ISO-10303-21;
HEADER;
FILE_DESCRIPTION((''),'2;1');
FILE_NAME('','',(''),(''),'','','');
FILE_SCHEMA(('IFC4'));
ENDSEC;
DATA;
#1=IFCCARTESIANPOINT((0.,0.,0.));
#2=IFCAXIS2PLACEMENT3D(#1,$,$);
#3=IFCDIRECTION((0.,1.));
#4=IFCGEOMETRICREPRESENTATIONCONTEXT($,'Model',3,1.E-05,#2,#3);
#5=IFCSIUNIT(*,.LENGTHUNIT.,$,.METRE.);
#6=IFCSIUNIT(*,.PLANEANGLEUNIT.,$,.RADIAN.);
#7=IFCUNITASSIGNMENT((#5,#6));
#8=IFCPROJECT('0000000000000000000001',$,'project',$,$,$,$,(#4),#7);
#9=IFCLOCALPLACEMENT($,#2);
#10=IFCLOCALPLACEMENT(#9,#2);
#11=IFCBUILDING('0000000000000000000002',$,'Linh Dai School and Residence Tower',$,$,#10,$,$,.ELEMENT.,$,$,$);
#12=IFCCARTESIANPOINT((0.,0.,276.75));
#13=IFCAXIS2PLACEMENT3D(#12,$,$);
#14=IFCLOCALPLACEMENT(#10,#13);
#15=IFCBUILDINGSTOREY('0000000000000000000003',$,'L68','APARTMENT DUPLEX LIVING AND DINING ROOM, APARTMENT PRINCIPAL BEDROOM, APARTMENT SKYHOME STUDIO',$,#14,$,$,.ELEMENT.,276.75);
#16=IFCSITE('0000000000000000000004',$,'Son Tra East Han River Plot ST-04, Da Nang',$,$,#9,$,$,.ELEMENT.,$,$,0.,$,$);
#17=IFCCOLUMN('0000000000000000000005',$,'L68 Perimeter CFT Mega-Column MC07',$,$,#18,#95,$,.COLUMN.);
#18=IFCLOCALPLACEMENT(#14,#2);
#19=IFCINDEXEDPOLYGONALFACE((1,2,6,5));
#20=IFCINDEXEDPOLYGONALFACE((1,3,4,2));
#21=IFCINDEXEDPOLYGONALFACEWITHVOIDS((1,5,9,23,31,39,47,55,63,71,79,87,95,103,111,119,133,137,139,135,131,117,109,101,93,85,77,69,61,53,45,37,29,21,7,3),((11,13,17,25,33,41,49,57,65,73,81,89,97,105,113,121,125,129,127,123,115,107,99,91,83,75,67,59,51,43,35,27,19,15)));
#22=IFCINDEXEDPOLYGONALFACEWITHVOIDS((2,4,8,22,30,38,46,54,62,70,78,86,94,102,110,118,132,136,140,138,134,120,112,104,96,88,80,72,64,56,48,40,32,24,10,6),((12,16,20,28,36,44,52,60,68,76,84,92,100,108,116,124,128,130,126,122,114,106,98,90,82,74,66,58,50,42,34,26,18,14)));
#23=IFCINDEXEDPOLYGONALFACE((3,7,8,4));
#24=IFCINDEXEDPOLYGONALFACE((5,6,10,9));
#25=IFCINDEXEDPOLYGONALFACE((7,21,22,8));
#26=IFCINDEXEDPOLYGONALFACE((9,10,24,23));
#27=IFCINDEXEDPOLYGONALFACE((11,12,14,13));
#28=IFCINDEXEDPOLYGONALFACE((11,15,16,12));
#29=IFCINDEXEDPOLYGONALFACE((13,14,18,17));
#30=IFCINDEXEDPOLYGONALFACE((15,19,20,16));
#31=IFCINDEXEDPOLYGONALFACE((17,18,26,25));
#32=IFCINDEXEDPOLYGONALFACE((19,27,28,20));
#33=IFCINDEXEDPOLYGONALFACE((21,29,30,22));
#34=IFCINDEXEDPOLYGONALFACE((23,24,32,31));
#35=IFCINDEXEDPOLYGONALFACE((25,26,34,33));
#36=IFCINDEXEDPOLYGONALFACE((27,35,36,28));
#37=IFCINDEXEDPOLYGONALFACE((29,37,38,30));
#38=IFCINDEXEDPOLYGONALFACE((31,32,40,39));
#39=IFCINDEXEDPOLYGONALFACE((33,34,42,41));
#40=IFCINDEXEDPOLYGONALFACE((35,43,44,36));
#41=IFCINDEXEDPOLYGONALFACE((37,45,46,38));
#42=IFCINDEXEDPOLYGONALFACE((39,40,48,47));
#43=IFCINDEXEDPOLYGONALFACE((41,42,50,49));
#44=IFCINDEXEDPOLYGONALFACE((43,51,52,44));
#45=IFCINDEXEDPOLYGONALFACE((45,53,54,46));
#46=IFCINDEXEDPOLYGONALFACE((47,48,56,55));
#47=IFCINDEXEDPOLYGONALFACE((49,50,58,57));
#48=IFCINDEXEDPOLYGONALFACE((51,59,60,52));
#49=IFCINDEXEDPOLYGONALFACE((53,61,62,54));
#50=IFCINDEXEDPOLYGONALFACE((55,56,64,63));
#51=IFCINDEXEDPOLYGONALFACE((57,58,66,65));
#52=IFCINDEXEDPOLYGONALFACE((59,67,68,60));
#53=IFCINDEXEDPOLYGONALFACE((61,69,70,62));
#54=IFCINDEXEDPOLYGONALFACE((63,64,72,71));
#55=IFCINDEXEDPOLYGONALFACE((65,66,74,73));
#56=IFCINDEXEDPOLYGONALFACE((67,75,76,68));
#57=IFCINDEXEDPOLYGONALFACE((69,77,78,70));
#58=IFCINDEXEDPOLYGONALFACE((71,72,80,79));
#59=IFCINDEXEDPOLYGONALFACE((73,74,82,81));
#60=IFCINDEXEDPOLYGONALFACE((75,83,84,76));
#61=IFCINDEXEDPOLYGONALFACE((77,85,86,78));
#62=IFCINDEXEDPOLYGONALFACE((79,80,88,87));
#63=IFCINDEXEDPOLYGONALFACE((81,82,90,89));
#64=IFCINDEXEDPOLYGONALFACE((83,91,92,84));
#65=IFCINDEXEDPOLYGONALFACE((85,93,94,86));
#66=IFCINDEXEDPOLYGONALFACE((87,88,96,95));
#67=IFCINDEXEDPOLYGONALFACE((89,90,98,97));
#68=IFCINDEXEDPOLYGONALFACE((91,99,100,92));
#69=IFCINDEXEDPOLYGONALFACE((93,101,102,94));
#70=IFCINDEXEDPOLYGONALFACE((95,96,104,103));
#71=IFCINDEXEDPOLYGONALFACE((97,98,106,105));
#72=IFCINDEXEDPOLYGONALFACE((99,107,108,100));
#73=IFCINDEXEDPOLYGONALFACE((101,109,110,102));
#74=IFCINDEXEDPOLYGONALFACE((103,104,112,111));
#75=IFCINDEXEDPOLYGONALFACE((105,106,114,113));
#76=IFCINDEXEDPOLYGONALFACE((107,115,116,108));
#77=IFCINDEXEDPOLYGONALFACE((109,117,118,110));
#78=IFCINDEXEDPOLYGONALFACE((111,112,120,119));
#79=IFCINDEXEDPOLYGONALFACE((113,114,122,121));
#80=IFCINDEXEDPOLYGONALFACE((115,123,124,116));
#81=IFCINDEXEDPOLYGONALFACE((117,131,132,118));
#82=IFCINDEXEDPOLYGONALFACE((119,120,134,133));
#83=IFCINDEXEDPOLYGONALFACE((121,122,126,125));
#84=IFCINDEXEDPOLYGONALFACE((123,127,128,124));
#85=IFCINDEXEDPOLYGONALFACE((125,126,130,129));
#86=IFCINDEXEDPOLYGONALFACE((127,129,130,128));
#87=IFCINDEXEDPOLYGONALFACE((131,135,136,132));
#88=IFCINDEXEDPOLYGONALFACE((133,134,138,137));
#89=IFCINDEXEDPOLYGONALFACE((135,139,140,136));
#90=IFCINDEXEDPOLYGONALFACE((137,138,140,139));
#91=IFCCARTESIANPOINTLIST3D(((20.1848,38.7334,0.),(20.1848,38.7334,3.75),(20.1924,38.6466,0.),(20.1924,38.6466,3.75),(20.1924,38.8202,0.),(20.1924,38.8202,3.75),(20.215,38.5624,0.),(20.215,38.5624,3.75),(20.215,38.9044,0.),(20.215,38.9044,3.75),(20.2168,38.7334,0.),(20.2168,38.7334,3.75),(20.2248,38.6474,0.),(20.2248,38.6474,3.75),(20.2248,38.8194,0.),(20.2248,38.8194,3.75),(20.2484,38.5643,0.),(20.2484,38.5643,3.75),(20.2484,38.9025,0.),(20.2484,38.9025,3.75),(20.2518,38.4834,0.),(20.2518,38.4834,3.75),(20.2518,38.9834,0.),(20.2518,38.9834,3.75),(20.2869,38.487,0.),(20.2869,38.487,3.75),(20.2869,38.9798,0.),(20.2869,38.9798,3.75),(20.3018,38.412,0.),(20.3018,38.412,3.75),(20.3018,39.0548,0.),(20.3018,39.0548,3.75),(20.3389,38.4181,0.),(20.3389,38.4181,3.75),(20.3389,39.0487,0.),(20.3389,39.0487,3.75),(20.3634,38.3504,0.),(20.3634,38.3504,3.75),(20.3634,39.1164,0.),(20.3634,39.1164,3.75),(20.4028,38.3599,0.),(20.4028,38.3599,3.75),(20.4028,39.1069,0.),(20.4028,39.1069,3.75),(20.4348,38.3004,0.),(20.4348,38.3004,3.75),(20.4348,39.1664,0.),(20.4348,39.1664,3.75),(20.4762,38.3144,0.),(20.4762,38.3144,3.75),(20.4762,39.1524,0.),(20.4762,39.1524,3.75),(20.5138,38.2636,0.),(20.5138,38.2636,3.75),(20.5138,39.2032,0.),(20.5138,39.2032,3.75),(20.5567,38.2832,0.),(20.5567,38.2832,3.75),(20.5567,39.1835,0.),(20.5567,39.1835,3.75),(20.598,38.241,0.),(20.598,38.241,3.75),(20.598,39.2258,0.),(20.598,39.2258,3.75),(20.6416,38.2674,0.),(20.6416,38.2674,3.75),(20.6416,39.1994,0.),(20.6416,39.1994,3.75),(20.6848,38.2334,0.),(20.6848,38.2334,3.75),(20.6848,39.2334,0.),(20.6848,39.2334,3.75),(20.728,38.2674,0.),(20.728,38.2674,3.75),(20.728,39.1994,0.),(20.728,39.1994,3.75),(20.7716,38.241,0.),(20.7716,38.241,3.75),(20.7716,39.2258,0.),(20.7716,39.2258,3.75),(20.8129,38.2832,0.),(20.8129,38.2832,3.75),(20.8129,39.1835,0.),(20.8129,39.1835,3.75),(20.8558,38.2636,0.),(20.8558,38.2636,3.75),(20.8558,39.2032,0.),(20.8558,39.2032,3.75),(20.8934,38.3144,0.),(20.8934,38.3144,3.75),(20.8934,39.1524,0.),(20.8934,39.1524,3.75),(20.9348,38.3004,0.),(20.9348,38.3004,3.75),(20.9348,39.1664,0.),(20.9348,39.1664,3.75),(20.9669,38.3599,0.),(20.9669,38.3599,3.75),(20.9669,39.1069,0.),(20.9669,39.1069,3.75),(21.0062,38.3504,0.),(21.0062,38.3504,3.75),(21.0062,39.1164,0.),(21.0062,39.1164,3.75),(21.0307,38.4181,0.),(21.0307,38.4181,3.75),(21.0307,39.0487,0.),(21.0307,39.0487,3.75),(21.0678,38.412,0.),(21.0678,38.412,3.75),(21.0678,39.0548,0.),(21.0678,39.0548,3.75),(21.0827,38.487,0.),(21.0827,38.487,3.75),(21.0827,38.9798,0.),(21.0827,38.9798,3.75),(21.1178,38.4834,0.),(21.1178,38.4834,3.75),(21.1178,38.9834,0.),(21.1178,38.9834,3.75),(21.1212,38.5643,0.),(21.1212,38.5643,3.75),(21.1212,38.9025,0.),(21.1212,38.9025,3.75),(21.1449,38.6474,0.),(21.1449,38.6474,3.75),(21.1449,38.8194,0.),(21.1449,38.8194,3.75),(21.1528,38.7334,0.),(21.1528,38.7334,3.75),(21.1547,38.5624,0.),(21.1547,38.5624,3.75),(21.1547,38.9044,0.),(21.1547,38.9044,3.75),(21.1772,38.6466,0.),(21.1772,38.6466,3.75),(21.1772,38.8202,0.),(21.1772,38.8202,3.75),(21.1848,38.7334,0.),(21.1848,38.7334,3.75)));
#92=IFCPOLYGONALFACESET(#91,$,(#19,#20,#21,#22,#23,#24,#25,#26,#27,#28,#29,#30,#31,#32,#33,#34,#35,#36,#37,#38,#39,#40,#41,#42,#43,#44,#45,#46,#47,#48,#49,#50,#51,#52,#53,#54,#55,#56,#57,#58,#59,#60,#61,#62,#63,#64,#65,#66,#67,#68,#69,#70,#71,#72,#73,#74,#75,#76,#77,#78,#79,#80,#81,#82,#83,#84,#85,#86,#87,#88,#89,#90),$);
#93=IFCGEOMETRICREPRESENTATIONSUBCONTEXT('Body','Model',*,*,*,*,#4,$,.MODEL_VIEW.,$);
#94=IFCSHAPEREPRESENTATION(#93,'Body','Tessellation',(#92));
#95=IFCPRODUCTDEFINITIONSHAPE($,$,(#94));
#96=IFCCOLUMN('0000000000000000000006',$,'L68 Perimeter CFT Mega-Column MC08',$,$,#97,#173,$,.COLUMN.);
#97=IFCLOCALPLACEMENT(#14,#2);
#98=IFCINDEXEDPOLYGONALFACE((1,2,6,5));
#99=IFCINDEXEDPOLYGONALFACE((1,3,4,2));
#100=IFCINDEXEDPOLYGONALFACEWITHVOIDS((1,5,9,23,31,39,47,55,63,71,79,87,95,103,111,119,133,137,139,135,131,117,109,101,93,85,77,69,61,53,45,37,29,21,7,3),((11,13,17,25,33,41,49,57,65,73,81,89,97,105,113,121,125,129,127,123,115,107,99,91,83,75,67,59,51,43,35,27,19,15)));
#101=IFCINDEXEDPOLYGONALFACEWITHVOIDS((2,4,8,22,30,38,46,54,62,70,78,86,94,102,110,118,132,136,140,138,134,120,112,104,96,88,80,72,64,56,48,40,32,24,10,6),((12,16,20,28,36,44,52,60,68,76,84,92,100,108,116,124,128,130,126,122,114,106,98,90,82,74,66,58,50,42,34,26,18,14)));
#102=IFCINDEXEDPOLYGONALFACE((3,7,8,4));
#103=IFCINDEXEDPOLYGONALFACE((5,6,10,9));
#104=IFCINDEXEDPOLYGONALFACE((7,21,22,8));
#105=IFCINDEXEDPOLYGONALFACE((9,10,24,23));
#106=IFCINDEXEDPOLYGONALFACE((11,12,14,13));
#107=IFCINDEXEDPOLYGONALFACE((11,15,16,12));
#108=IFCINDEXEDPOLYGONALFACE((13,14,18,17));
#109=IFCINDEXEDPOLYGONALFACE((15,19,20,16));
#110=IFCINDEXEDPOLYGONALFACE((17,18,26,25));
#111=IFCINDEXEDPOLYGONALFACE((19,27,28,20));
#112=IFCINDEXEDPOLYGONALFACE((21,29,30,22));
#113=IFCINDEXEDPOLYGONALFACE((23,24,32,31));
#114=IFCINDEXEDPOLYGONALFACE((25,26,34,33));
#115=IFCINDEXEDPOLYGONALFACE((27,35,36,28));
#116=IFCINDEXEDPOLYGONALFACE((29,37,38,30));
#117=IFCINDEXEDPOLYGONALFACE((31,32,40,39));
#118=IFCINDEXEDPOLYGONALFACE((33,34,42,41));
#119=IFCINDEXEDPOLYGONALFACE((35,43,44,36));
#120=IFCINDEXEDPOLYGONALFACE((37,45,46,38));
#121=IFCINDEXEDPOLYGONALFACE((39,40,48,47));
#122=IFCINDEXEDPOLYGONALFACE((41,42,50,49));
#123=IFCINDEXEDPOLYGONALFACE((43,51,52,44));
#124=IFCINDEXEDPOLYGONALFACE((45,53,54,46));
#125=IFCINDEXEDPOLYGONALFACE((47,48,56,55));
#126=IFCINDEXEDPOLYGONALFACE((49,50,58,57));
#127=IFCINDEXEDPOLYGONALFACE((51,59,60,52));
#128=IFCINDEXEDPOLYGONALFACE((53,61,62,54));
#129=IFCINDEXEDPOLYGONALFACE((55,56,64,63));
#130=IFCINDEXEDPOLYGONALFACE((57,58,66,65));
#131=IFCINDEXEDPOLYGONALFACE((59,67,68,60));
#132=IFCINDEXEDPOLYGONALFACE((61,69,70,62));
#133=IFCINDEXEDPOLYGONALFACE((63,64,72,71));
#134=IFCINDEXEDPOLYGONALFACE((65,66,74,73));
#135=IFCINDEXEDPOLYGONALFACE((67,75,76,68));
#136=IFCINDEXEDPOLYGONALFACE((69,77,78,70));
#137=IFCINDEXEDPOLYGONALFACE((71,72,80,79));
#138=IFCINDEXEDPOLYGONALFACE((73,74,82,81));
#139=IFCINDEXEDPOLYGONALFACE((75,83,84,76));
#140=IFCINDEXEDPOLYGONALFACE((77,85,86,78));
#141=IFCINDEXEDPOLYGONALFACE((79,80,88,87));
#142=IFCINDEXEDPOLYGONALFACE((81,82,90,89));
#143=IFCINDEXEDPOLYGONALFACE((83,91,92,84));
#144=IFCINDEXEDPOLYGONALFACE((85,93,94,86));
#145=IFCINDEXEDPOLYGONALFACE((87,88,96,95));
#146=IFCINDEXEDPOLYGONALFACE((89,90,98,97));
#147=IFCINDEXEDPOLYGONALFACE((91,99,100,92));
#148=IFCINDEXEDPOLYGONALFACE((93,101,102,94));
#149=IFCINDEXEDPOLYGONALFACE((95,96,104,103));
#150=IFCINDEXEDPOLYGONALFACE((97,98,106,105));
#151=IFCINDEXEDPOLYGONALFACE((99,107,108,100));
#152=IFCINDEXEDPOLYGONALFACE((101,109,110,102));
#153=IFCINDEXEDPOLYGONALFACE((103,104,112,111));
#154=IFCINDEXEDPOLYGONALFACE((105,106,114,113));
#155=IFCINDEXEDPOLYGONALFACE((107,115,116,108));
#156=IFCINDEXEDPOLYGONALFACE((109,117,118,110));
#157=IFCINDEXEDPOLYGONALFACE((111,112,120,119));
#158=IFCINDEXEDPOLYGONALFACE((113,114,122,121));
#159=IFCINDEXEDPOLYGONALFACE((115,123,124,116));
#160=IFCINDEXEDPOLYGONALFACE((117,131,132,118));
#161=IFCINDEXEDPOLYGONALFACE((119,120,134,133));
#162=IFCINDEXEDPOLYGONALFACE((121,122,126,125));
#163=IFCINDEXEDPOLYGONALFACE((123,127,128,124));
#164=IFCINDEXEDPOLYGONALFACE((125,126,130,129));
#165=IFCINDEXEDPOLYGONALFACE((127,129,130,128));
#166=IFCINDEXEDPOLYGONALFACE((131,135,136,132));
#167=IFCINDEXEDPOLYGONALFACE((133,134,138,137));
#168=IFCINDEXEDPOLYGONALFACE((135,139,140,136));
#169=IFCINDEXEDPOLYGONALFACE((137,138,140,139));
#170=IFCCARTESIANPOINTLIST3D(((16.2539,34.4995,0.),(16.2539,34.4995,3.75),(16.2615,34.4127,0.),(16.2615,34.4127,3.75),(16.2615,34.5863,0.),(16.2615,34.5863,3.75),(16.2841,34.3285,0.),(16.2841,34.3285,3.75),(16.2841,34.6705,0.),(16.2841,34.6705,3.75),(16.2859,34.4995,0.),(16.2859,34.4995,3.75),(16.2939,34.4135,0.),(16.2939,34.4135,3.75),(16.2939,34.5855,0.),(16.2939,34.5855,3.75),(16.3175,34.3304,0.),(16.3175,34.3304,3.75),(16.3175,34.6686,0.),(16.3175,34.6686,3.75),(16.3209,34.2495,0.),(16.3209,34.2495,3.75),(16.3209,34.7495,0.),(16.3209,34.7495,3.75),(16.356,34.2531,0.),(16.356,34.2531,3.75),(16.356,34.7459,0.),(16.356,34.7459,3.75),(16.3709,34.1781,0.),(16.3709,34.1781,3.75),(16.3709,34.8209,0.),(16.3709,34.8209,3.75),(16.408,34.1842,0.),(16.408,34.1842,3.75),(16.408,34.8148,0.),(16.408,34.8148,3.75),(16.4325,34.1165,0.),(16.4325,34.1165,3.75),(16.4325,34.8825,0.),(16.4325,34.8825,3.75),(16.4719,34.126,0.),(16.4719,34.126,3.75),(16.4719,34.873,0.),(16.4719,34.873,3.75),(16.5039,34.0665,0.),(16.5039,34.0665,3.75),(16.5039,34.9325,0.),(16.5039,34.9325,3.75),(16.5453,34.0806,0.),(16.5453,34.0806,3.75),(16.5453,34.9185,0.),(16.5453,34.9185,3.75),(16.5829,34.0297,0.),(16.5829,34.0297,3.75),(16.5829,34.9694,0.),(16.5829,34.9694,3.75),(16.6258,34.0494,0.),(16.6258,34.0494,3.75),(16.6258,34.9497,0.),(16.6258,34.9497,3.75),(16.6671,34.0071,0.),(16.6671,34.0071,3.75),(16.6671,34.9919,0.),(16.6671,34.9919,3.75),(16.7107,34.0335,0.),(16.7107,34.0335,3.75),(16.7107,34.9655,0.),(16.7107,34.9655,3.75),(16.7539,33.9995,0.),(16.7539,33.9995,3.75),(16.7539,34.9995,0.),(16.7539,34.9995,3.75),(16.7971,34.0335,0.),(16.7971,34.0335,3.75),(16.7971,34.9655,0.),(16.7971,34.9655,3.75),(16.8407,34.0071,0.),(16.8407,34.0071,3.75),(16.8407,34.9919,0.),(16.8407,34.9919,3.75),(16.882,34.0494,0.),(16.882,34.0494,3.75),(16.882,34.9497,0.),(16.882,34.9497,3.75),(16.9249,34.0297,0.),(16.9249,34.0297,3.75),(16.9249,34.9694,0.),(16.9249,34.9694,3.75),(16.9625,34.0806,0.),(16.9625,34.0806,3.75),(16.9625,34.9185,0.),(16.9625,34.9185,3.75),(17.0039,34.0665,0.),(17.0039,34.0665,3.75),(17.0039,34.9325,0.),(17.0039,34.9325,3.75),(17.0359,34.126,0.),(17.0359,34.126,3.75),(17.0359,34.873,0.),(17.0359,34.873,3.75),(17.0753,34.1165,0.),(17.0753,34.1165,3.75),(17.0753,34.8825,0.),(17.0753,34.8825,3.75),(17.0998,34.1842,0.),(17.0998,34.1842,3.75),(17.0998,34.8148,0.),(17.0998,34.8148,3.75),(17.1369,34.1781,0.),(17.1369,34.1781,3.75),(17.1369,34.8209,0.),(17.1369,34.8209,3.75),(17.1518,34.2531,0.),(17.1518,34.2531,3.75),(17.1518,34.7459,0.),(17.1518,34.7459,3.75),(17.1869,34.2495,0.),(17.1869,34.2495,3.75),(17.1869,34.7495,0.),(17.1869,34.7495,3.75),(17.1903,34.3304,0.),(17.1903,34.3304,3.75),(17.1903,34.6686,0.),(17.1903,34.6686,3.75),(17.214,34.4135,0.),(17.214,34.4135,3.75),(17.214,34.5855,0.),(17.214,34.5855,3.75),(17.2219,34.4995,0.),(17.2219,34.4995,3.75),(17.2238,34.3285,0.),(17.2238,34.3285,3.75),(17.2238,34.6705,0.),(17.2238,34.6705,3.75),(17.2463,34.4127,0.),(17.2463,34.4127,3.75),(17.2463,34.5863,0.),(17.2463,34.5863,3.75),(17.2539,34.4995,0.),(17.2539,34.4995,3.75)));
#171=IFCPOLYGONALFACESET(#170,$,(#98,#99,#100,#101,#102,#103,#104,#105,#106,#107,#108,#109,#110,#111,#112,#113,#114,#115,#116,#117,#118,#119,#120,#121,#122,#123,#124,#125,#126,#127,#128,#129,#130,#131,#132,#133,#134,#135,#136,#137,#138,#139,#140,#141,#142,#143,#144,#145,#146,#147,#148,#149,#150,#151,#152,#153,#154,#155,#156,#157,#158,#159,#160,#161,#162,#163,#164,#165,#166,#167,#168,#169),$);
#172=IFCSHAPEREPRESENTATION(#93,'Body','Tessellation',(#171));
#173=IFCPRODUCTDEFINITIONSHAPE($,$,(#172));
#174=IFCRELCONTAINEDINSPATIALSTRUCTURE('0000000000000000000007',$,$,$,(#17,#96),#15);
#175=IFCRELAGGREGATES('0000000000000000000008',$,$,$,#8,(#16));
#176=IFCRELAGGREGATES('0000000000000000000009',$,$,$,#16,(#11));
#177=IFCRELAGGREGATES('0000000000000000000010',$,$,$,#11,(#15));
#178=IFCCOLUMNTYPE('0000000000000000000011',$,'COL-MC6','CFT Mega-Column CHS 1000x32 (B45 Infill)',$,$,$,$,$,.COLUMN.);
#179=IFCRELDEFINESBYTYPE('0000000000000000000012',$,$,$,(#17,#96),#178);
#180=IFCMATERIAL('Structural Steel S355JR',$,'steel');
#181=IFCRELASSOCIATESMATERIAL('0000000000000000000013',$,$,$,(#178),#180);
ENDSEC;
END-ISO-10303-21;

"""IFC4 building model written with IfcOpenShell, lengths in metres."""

from ifc_helpers import new_model, si_unit, direction, frame, origin, origin_2d, place, context, subcontext, project, spatial, hollow_circle, extrude, material, material_profile, profile_set, type_object, element, save


model = new_model("IFC4")

# Units and contexts
model_context = context("Model", 3, precision=1e-05, world=origin(), true_north=direction((0.0, 1.0)))
body_context = subcontext(model_context, "Body", "Model", "MODEL_VIEW")
ifc_project = project(units=[si_unit("LENGTHUNIT", "METRE"), si_unit("PLANEANGLEUNIT", "RADIAN")], contexts=[model_context])

# Site, building, storey
site_placement = place(None, origin())
site = spatial("IfcSite", under=ifc_project, at=site_placement, Name="Son Tra East Han River Plot ST-04, Da Nang", CompositionType="ELEMENT", RefElevation=0.0)
building_placement = place(site_placement, origin())
building = spatial("IfcBuilding", under=site, at=building_placement, Name="Linh Dai School and Residence Tower", CompositionType="ELEMENT")
storey_placement = place(building_placement, frame((0.0, 0.0, 276.75)))
storey = spatial("IfcBuildingStorey", under=building, at=storey_placement, Name="L68", Description="APARTMENT DUPLEX LIVING AND DINING ROOM, APARTMENT PRINCIPAL BEDROOM, APARTMENT SKYHOME STUDIO", CompositionType="ELEMENT", Elevation=276.75)

# Columns
ifc_material_1 = material(Name="Structural Steel S355JR", Category="steel")
ifc_material_profile_1 = material_profile(ifc_material_1, hollow_circle(Radius=0.5, WallThickness=0.032, at=origin_2d()), Name="CHS 1000x32")
ifc_profile_set_1 = profile_set([ifc_material_profile_1], Name="Structural Steel S355JR")
column_type = type_object("IfcColumnType", Name="COL-MC6", Description="CFT Mega-Column CHS 1000x32 (B45 Infill)", PredefinedType="COLUMN", material=ifc_profile_set_1)
for number, where, z_axis, x_axis, name in (
    (1, (20.6848, 38.7334, 0.0), (0.0, 0.0, 1.0), (1.0, 0.0, 0.0), "L68 Perimeter CFT Mega-Column MC07"),
    (2, (16.7539, 34.4995, 0.0), (0.0, 0.0, 1.0), (1.0, 0.0, 0.0), "L68 Perimeter CFT Mega-Column MC08"),
):
    element("IfcColumn", number, at=place(storey_placement, frame(where, z_axis=z_axis, x_axis=x_axis)), inside=storey, type_object=column_type, Name=name, PredefinedType="COLUMN", context=body_context, shape_type="SweptSolid", body=[
        extrude(hollow_circle(Radius=0.5, WallThickness=0.032, at=origin_2d()), origin(), (0.0, 0.0, 1.0), 3.75),
    ])

save(model, "model.ifc")
